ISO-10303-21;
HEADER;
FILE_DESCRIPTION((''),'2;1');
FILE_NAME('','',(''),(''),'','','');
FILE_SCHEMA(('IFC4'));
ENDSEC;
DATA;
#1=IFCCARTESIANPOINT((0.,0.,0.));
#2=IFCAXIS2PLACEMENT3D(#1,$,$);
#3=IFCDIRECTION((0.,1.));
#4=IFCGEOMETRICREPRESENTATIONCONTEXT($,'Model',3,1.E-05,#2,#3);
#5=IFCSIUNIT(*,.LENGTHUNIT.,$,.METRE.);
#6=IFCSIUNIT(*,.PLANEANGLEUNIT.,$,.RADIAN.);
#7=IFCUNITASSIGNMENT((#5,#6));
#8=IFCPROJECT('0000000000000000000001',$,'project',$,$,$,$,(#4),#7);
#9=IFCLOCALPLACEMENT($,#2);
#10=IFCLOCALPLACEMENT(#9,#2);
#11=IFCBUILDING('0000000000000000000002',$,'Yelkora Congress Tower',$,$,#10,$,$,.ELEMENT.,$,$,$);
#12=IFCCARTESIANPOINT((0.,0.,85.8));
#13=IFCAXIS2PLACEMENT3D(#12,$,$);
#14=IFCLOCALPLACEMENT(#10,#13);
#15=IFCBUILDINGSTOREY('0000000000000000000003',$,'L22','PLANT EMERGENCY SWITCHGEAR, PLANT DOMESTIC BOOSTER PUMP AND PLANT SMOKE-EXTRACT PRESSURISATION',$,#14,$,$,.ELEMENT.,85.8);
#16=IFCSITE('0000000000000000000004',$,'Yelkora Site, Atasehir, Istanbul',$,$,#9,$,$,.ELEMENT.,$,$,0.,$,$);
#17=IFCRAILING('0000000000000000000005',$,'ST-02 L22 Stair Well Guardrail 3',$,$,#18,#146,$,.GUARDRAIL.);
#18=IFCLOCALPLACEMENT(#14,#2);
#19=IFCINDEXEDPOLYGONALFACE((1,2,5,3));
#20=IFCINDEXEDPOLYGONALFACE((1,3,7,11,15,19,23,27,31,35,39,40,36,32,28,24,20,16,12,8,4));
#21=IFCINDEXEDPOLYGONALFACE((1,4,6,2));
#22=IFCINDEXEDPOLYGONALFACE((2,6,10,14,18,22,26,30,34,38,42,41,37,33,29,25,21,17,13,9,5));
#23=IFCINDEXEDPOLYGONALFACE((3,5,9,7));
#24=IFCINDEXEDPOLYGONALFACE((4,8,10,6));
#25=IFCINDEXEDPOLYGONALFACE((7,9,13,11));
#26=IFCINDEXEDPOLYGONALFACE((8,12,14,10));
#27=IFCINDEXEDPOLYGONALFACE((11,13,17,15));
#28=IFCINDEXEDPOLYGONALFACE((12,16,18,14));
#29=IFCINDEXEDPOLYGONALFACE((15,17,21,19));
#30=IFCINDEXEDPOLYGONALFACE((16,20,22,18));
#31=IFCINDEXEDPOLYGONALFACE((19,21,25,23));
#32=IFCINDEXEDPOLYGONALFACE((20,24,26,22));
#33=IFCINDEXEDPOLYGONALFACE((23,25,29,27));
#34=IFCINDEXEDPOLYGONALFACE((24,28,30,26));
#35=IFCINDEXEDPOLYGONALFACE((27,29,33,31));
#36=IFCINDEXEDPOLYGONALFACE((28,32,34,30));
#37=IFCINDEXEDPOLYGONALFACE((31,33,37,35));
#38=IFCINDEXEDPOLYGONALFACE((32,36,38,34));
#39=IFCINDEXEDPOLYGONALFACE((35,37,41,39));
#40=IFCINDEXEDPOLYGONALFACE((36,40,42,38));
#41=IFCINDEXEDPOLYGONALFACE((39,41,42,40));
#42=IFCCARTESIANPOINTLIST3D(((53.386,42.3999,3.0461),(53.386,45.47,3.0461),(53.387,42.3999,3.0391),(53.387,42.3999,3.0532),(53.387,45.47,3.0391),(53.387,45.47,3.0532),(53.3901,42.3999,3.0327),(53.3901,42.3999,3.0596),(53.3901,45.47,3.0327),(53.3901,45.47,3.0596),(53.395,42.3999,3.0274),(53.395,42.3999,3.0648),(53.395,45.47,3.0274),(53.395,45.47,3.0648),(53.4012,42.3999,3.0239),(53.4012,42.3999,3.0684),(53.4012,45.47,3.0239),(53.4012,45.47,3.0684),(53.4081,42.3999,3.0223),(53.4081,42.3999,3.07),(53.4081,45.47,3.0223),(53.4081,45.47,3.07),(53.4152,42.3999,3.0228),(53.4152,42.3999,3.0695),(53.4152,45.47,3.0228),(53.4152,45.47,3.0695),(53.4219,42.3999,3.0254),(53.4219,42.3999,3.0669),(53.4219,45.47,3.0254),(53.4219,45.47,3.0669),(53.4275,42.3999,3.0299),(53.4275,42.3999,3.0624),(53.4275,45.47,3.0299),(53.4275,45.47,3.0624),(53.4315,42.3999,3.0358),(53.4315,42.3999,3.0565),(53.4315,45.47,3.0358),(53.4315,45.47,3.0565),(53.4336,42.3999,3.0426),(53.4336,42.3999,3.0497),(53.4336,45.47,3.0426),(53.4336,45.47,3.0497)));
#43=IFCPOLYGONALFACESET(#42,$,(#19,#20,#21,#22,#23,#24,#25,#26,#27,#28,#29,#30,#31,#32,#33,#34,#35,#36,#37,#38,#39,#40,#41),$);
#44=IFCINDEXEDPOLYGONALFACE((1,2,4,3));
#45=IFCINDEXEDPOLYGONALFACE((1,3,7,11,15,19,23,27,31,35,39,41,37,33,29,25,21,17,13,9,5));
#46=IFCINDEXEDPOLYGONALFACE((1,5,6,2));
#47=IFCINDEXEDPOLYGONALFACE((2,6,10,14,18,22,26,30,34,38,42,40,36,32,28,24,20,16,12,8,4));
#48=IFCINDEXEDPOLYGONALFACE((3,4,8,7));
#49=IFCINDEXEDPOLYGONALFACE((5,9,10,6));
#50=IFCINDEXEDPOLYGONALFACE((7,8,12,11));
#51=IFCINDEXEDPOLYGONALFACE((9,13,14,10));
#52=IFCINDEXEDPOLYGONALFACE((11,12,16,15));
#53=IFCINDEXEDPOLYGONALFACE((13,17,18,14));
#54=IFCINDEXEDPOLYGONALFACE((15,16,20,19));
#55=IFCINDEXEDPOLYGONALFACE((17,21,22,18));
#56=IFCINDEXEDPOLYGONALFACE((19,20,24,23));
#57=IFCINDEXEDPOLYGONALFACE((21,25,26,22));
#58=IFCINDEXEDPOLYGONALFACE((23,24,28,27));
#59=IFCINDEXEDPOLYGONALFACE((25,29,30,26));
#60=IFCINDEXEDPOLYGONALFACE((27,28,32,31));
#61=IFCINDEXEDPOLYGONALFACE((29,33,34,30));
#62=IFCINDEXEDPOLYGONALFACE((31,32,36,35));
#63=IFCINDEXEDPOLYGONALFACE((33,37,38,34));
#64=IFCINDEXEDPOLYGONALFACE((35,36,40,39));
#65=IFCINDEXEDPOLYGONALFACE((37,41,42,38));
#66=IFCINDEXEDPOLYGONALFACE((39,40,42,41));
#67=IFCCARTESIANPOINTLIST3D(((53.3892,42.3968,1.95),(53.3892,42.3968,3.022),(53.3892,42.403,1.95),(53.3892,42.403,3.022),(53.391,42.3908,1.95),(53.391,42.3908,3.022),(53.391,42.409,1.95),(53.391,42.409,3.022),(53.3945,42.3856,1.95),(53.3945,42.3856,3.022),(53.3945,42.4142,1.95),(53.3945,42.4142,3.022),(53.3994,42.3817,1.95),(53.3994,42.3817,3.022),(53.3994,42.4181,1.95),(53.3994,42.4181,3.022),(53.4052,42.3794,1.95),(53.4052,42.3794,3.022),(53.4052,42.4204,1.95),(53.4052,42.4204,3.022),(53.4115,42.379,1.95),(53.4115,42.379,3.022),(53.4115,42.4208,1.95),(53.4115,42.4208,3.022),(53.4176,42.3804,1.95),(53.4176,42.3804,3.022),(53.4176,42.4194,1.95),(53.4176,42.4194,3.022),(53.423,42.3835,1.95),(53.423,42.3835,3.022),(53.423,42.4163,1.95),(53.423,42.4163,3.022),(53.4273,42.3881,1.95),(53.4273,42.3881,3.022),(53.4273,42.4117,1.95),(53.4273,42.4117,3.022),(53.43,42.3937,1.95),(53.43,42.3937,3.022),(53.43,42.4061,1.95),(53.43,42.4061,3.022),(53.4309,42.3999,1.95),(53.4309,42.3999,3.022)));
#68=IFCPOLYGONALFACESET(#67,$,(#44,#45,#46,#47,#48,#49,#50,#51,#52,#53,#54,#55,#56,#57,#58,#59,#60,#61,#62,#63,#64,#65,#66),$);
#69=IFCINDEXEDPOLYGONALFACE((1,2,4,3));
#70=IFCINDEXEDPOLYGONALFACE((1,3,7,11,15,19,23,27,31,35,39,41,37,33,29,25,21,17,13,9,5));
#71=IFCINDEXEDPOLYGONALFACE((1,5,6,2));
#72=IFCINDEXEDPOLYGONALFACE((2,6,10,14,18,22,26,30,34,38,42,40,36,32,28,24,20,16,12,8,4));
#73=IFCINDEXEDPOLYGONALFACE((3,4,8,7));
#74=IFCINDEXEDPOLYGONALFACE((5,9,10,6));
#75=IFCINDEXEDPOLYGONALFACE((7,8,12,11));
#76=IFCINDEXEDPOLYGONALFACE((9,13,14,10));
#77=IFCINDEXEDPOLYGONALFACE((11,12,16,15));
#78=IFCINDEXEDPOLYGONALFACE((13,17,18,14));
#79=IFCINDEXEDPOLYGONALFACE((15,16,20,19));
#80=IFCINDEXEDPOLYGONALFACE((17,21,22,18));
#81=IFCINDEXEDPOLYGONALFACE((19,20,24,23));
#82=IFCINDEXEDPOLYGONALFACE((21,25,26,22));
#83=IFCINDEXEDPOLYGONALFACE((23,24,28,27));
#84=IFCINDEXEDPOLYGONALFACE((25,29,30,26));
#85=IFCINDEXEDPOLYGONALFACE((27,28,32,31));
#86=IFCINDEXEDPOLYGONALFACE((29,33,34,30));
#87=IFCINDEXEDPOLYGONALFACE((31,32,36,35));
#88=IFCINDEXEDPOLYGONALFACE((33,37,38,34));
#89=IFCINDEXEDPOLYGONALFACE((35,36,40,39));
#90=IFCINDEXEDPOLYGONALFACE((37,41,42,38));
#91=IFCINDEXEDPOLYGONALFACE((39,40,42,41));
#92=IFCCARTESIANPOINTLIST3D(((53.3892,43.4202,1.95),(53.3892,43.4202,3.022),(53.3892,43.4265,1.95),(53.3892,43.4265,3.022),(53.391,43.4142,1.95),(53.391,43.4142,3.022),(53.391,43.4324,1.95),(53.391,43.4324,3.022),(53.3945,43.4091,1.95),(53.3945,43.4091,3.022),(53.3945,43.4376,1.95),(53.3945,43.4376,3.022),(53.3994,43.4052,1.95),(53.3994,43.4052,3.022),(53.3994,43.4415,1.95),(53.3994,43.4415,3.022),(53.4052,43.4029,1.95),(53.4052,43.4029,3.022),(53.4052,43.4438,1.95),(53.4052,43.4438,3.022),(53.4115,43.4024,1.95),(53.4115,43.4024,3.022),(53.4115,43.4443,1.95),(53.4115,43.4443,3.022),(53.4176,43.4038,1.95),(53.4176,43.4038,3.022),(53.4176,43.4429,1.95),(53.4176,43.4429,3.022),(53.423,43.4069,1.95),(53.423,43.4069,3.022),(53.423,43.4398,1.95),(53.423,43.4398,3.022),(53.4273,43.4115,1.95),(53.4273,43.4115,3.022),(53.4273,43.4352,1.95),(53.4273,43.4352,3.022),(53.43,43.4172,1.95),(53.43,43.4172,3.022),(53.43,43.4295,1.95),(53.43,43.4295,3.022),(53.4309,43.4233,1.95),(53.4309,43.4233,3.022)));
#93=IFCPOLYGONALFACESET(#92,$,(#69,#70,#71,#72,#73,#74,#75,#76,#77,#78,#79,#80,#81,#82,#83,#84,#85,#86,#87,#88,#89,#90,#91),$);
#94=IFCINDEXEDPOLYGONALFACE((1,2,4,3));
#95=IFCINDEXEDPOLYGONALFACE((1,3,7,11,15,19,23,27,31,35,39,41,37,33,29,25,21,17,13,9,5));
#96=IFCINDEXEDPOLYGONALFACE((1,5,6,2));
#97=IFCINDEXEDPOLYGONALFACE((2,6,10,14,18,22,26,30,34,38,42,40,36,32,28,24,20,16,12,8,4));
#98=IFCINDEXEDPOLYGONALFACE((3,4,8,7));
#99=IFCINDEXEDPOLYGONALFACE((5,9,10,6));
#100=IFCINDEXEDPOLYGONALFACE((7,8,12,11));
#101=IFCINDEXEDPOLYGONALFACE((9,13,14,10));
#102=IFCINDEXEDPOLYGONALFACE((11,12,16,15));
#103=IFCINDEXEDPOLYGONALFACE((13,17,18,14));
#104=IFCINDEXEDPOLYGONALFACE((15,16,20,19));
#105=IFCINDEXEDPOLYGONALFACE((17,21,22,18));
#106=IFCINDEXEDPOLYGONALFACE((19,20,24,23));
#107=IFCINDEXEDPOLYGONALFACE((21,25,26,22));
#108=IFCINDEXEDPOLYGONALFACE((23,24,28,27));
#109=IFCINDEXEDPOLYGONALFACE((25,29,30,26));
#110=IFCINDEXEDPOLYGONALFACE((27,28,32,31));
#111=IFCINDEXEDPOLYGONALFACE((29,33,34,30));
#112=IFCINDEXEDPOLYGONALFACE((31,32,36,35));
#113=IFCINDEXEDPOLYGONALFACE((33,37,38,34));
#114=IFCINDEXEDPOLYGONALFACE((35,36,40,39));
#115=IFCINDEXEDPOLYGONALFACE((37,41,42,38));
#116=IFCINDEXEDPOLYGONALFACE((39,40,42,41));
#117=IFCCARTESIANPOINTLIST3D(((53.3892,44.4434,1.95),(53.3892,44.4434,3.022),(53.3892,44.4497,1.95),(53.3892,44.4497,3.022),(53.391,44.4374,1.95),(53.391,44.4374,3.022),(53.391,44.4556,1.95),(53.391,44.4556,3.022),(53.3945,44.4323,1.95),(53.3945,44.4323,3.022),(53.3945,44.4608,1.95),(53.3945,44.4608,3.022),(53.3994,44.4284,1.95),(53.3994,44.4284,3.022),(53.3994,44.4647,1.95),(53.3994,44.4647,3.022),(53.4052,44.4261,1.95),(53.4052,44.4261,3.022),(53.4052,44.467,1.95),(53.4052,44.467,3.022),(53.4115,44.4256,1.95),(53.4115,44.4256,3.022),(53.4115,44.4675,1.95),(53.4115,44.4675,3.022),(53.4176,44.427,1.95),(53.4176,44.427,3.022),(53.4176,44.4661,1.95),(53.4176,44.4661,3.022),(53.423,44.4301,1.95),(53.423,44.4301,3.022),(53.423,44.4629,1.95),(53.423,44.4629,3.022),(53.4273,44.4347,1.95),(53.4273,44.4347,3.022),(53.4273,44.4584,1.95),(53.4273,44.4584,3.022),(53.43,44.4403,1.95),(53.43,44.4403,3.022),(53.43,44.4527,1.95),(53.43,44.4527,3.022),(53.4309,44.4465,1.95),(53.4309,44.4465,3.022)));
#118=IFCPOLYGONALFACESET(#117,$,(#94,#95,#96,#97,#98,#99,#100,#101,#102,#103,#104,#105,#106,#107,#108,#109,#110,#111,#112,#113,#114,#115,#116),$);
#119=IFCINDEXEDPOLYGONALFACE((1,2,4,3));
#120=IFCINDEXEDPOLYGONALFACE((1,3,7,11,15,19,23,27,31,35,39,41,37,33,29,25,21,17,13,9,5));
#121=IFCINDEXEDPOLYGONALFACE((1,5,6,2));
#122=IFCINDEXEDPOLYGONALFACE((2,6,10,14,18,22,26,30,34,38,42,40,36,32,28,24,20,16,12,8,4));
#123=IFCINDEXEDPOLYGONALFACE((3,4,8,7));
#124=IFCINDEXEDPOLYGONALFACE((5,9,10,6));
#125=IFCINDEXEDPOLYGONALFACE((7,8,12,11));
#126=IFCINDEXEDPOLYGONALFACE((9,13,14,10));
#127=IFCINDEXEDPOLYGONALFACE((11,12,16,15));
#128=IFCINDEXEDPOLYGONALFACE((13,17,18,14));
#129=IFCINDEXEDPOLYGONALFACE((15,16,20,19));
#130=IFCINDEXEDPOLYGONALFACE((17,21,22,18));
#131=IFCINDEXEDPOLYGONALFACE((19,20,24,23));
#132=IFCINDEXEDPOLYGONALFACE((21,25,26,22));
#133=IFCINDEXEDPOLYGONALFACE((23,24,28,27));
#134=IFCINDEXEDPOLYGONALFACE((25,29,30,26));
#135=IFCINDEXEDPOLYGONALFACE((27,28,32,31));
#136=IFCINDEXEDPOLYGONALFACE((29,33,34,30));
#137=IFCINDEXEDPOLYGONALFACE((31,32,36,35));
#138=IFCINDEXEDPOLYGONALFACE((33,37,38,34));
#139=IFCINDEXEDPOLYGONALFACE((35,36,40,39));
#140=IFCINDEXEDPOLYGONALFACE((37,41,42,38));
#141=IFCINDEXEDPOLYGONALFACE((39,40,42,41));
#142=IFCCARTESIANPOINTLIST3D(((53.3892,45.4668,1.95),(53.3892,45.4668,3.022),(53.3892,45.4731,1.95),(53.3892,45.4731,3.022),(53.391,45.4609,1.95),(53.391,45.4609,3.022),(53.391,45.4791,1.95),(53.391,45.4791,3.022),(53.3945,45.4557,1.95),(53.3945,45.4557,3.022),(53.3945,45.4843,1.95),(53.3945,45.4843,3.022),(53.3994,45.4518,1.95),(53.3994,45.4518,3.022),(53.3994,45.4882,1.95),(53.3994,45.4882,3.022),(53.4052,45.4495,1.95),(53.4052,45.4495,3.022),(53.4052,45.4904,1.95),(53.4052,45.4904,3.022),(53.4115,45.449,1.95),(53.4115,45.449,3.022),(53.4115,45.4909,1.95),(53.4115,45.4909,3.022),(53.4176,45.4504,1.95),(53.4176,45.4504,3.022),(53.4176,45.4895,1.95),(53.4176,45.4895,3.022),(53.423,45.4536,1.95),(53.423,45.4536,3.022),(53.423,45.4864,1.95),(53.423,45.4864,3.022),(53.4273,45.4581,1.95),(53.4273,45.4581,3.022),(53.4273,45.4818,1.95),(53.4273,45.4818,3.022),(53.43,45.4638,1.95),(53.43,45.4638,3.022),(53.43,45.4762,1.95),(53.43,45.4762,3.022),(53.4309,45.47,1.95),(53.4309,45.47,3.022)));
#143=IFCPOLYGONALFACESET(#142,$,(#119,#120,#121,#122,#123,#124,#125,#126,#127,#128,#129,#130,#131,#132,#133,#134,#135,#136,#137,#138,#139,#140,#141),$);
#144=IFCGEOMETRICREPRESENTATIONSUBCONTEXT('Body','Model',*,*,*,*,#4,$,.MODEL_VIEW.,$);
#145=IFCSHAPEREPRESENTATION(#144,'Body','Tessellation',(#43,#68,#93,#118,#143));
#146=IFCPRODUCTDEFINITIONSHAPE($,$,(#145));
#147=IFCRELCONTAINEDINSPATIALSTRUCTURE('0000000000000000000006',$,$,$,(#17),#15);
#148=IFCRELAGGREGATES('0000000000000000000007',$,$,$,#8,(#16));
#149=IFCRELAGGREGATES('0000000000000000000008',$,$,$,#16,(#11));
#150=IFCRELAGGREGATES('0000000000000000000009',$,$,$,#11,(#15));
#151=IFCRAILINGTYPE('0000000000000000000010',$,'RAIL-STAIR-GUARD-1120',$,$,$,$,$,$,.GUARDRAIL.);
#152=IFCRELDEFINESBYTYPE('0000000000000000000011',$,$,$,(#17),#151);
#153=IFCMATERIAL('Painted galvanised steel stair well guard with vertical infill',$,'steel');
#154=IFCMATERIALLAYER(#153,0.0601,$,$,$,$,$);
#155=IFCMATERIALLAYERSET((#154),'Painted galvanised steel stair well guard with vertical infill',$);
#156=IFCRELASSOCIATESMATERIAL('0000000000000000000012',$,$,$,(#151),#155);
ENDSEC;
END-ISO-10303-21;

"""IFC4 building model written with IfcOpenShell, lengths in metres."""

from ifc_helpers import new_model, si_unit, direction, frame, origin, origin_2d, place, context, subcontext, project, spatial, circle, extrude, material, layer, layer_set, type_object, element, save


model = new_model("IFC4")

# Units and contexts
model_context = context("Model", 3, precision=1e-05, world=origin(), true_north=direction((0.0, 1.0)))
body_context = subcontext(model_context, "Body", "Model", "MODEL_VIEW")
ifc_project = project(units=[si_unit("LENGTHUNIT", "METRE"), si_unit("PLANEANGLEUNIT", "RADIAN")], contexts=[model_context])

# Site, building, storey
site_placement = place(None, origin())
site = spatial("IfcSite", under=ifc_project, at=site_placement, Name="Yelkora Site, Atasehir, Istanbul", CompositionType="ELEMENT", RefElevation=0.0)
building_placement = place(site_placement, origin())
building = spatial("IfcBuilding", under=site, at=building_placement, Name="Yelkora Congress Tower", CompositionType="ELEMENT")
storey_placement = place(building_placement, frame((0.0, 0.0, 85.8)))
storey = spatial("IfcBuildingStorey", under=building, at=storey_placement, Name="L22", Description="PLANT EMERGENCY SWITCHGEAR, PLANT DOMESTIC BOOSTER PUMP AND PLANT SMOKE-EXTRACT PRESSURISATION", CompositionType="ELEMENT", Elevation=85.8)

# Railing
ifc_material_1 = material(Name="Painted galvanised steel stair well guard with vertical infill", Category="steel")
ifc_layer_1 = layer(ifc_material_1, 0.0601)
ifc_layer_set_1 = layer_set([ifc_layer_1], Name="Painted galvanised steel stair well guard with vertical infill")
railing_type_1 = type_object("IfcRailingType", Name="RAIL-STAIR-GUARD-1120", PredefinedType="GUARDRAIL", material=ifc_layer_set_1)
for number, where, name in (
    (1, (53.4099, 42.3999, 1.95), "ST-02 L22 Stair Well Guardrail 3"),
):
    element("IfcRailing", number, at=place(storey_placement, frame(where)), inside=storey, type_object=railing_type_1, Name=name, PredefinedType="GUARDRAIL", context=body_context, shape_type="SweptSolid", body=[
        extrude(circle(Radius=0.0239, at=origin_2d()), frame((0.0, 0.0, 1.0962), z_axis=(0.0, 1.0, 0.0), x_axis=(-1.0, 0.0, 0.0)), (0.0, 0.0, 1.0), 3.0701),
        extrude(circle(Radius=0.021, at=origin_2d()), origin(), (0.0, 0.0, 1.0), 1.072),
        extrude(circle(Radius=0.021, at=origin_2d()), frame((0.0, 1.0234, 0.0)), (0.0, 0.0, 1.0), 1.072),
        extrude(circle(Radius=0.021, at=origin_2d()), frame((0.0, 2.0466, 0.0)), (0.0, 0.0, 1.0), 1.072),
        extrude(circle(Radius=0.021, at=origin_2d()), frame((0.0, 3.0701, 0.0)), (0.0, 0.0, 1.0), 1.072),
    ])

save(model, "model.ifc")
